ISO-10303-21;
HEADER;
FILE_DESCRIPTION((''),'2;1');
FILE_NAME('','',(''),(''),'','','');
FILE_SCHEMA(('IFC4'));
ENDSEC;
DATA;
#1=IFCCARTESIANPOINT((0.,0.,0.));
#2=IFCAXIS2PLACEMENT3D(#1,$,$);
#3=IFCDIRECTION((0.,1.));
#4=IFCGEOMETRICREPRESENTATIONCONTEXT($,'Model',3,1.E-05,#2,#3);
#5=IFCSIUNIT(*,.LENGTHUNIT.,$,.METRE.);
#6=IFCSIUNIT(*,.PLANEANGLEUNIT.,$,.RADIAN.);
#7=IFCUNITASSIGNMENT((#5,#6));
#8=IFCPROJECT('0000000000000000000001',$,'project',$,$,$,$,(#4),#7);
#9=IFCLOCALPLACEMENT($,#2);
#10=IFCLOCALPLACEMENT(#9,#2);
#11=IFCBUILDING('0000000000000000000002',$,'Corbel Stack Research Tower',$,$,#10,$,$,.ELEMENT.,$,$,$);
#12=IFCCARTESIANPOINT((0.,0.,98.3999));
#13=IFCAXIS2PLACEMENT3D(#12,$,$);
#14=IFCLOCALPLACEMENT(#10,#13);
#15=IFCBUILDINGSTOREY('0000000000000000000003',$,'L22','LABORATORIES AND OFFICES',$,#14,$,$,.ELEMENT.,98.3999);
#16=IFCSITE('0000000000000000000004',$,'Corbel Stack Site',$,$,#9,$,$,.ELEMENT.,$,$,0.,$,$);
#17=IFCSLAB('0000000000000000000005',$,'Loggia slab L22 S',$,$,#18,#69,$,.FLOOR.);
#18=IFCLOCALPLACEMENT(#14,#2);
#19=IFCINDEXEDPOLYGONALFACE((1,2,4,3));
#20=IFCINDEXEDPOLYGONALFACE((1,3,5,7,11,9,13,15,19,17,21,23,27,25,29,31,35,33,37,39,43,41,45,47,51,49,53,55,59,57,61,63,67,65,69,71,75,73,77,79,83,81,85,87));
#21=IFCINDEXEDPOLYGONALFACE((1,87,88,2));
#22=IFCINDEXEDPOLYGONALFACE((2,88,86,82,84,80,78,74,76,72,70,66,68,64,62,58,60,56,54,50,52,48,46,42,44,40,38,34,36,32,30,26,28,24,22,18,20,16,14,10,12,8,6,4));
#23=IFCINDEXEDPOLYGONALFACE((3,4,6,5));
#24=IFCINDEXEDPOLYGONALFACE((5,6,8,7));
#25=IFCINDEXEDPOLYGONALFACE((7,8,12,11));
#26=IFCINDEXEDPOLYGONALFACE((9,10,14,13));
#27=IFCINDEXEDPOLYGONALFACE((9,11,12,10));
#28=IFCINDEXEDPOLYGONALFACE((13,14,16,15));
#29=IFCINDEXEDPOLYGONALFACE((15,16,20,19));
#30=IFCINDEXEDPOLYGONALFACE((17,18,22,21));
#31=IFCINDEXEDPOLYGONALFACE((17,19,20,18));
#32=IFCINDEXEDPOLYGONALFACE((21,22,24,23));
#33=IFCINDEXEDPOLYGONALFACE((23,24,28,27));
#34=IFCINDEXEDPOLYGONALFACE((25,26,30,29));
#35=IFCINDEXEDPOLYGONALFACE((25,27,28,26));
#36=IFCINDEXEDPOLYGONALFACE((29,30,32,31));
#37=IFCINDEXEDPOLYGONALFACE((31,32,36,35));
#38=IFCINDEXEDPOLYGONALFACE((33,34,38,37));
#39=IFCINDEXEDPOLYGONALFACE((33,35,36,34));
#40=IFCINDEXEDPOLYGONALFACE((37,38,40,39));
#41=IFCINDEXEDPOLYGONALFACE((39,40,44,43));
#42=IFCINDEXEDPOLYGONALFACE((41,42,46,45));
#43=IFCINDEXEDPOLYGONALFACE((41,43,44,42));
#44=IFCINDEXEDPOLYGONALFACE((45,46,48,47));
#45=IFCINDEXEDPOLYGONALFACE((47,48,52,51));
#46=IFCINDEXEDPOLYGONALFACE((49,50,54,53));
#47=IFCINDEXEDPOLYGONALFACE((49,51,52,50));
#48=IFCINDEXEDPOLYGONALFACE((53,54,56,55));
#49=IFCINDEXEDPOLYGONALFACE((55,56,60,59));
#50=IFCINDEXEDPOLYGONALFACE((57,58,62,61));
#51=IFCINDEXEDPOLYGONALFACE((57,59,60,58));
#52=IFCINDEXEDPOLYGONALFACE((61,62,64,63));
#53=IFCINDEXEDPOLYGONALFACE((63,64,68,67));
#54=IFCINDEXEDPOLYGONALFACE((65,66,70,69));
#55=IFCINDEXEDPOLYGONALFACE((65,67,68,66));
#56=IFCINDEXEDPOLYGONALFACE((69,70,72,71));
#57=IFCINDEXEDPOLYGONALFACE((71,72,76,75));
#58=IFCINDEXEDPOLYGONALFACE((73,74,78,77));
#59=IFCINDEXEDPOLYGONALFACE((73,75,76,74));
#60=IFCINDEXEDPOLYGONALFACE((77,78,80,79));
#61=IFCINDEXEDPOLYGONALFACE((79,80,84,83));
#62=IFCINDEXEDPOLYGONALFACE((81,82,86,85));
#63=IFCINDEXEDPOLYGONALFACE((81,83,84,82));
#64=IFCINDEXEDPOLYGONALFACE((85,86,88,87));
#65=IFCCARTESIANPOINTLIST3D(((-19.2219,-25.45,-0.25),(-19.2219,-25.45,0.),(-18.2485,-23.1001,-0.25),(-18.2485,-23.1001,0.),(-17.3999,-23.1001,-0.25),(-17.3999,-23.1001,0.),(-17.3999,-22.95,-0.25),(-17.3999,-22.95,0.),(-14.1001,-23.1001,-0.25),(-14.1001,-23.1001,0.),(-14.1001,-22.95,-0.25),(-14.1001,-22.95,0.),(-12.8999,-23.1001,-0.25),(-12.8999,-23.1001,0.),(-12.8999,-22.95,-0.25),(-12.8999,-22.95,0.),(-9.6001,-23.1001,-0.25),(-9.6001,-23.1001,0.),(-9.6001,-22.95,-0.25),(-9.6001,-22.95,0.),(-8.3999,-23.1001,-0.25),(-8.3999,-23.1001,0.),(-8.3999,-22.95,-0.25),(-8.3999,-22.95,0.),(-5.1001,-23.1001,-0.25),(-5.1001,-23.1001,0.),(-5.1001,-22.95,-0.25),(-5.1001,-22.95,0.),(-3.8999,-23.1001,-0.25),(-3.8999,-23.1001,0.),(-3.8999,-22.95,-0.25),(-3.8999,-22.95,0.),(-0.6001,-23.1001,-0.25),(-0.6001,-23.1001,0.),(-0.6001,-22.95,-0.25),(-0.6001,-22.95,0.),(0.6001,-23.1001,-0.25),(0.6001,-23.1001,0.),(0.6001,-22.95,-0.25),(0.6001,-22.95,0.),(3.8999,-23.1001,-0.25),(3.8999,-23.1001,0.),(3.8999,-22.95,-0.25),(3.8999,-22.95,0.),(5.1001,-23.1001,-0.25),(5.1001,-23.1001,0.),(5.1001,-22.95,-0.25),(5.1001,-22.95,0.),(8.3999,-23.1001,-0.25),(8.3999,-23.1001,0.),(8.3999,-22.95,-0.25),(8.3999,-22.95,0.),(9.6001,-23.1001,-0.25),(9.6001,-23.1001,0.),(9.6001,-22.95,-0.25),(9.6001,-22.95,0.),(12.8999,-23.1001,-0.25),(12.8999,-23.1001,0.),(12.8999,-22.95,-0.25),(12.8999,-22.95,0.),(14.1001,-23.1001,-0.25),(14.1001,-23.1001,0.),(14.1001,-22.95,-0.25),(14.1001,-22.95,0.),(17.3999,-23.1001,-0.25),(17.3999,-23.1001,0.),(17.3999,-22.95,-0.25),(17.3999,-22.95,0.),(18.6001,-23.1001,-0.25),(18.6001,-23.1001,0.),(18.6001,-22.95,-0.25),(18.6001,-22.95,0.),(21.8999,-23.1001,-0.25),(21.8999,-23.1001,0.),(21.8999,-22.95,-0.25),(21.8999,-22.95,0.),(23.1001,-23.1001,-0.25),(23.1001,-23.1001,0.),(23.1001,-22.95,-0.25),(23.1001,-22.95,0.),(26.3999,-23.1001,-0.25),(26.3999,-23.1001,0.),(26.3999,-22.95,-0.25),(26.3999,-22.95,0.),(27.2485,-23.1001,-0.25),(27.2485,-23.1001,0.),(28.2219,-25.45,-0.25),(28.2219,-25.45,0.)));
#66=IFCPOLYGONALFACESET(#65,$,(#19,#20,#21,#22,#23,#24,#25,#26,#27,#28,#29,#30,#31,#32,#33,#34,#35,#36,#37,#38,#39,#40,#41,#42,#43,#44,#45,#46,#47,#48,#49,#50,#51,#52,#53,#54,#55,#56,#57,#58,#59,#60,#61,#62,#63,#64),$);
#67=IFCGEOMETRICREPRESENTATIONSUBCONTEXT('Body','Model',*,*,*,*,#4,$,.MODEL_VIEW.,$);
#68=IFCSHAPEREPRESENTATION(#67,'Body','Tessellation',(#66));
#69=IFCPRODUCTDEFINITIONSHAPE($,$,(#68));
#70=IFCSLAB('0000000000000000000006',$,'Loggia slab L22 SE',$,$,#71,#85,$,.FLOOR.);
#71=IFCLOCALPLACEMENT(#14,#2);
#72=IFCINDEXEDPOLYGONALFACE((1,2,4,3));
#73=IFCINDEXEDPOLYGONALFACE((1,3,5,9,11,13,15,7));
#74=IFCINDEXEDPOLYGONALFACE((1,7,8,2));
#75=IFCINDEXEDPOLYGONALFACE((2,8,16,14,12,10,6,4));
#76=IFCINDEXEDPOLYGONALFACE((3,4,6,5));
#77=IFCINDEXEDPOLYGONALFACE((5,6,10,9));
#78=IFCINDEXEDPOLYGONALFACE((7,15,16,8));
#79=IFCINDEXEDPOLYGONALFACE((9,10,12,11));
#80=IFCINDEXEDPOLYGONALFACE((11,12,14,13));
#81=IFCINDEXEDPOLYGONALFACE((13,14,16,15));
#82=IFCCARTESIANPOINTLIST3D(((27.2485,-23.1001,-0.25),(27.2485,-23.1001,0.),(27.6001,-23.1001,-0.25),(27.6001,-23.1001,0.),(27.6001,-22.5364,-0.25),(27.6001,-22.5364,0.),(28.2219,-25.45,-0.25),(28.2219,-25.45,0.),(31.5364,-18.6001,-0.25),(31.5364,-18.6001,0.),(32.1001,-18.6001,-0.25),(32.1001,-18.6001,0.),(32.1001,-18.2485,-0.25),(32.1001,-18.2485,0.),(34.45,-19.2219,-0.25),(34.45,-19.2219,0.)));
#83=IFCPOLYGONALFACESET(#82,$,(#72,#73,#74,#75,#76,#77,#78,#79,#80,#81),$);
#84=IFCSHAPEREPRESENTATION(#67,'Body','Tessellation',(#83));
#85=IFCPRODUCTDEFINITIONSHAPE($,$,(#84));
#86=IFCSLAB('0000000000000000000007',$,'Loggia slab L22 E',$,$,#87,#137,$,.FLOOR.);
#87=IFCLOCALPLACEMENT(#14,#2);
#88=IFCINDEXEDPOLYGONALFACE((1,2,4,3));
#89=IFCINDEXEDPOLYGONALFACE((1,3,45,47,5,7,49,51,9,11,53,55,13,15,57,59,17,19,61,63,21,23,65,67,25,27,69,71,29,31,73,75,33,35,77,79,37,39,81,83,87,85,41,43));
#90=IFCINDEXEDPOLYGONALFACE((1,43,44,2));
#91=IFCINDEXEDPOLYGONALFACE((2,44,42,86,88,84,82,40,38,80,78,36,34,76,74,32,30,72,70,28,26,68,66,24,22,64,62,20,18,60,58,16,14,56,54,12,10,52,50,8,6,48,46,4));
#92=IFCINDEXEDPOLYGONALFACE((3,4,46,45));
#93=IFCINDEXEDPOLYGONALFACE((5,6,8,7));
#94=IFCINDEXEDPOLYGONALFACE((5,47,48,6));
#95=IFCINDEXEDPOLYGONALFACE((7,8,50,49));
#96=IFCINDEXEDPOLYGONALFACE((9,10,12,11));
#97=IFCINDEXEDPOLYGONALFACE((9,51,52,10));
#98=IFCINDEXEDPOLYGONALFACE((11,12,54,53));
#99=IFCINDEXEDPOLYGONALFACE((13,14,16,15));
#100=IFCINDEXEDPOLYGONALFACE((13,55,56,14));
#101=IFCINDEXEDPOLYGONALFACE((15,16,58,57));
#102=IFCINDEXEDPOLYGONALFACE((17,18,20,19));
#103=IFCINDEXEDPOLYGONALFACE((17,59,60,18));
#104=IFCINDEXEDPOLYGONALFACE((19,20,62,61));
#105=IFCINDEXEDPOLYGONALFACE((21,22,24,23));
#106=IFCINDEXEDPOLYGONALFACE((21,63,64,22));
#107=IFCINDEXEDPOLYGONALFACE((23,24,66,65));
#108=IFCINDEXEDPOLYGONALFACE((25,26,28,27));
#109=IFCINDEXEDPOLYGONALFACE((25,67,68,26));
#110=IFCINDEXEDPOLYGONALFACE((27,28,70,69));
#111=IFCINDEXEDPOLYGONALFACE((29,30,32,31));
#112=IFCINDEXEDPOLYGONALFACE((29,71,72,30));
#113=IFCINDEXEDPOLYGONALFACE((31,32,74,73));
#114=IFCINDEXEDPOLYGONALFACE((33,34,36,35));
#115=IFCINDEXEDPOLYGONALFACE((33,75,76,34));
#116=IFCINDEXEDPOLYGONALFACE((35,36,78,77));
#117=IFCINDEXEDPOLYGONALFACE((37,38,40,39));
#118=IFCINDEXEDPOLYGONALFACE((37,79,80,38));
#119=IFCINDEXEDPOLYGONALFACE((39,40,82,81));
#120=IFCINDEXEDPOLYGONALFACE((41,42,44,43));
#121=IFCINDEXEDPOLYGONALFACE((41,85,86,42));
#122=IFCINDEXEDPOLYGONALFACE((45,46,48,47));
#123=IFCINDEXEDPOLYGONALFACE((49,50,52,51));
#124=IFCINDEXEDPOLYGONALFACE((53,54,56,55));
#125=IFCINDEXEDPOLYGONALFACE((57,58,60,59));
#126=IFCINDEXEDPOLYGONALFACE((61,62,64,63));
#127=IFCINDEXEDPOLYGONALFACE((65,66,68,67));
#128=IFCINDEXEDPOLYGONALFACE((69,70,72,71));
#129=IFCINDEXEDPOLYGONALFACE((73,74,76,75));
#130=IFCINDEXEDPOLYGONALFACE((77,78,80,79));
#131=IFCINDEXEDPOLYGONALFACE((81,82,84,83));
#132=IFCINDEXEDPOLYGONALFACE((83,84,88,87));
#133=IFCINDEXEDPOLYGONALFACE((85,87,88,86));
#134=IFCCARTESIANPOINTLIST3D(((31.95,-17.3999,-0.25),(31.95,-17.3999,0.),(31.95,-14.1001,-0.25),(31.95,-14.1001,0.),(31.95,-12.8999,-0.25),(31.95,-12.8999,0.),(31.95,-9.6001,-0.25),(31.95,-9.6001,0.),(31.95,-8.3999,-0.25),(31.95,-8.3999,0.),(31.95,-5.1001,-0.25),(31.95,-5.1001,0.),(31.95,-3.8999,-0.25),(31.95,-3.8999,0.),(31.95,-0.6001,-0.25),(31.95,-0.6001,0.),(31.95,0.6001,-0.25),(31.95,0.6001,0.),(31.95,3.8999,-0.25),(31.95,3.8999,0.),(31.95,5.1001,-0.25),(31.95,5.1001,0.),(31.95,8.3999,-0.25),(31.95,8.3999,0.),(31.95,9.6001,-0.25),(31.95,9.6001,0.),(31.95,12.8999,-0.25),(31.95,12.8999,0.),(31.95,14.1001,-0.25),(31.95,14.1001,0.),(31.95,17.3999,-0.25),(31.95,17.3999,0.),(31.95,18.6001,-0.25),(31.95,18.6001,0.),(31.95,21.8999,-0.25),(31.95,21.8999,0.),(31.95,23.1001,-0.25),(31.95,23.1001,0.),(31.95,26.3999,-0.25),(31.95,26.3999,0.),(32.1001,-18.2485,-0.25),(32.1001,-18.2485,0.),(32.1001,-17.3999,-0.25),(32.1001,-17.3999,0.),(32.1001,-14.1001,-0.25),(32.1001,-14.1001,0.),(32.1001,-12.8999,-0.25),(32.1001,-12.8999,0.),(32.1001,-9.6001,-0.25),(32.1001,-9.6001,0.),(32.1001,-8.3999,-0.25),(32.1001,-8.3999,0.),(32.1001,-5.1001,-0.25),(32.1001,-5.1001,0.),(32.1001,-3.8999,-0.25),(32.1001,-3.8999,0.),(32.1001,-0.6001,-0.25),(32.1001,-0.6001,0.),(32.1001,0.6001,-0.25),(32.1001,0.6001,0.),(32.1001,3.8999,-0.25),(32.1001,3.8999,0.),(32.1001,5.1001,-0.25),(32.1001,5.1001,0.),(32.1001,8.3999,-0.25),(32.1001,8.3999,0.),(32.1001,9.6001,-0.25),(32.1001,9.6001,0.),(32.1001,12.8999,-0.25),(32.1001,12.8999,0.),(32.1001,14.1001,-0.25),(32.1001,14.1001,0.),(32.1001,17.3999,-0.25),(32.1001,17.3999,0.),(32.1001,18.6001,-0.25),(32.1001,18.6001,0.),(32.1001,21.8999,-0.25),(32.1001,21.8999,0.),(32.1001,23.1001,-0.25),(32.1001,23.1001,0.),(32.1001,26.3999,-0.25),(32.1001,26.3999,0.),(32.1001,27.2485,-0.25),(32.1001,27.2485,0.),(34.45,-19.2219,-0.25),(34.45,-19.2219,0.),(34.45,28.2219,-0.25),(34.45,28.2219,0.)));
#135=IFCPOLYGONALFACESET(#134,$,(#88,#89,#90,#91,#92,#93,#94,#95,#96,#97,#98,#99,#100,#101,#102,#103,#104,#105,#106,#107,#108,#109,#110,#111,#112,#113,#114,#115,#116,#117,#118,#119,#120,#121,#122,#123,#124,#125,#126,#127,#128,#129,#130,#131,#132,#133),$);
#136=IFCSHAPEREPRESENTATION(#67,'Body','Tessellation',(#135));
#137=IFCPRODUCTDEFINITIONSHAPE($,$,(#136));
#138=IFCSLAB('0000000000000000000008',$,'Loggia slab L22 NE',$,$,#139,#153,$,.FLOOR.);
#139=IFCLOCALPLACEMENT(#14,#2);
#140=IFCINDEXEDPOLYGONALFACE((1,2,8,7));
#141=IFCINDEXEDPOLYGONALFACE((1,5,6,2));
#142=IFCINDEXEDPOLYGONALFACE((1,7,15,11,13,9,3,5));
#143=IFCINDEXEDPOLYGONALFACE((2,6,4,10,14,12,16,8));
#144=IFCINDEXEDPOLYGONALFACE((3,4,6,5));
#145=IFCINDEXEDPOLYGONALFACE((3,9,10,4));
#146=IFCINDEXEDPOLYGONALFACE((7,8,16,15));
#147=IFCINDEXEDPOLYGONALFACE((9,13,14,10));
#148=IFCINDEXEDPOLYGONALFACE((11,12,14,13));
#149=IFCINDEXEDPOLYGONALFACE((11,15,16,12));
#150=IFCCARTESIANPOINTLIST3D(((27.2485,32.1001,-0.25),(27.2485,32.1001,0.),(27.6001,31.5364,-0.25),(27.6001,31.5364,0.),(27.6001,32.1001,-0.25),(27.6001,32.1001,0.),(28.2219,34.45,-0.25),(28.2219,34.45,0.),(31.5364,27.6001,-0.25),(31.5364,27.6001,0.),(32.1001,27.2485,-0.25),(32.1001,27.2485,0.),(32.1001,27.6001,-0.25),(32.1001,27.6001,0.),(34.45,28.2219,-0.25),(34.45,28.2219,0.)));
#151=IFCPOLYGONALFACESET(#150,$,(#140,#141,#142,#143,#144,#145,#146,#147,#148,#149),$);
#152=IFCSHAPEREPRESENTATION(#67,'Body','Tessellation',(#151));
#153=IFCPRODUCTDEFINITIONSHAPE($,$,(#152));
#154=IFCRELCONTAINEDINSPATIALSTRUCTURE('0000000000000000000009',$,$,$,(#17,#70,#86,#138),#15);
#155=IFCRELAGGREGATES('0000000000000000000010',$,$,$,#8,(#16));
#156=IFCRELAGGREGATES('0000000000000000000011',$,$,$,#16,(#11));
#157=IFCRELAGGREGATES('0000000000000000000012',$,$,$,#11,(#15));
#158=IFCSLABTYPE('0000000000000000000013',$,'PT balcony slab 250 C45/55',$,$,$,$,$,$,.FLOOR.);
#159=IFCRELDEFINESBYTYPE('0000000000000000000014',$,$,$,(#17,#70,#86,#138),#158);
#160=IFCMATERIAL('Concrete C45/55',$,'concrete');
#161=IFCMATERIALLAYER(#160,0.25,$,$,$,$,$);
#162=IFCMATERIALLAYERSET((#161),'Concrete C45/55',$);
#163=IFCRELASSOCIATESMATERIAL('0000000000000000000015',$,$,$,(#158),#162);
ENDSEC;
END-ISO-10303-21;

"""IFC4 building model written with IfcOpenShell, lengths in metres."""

from ifc_helpers import new_model, si_unit, direction, frame, origin, place, context, subcontext, project, spatial, polyline, outline, extrude, material, layer, layer_set, type_object, element, save


model = new_model("IFC4")

# Units and contexts
model_context = context("Model", 3, precision=1e-05, world=origin(), true_north=direction((0.0, 1.0)))
body_context = subcontext(model_context, "Body", "Model", "MODEL_VIEW")
ifc_project = project(units=[si_unit("LENGTHUNIT", "METRE"), si_unit("PLANEANGLEUNIT", "RADIAN")], contexts=[model_context])

# Site, building, storey
site_placement = place(None, origin())
site = spatial("IfcSite", under=ifc_project, at=site_placement, Name="Corbel Stack Site", CompositionType="ELEMENT", RefElevation=0.0)
building_placement = place(site_placement, origin())
building = spatial("IfcBuilding", under=site, at=building_placement, Name="Corbel Stack Research Tower", CompositionType="ELEMENT")
storey_placement = place(building_placement, frame((0.0, 0.0, 98.3999)))
storey = spatial("IfcBuildingStorey", under=building, at=storey_placement, Name="L22", Description="LABORATORIES AND OFFICES", CompositionType="ELEMENT", Elevation=98.3999)

# Slabs
ifc_material_1 = material(Name="Concrete C45/55", Category="concrete")
ifc_layer_1 = layer(ifc_material_1, 0.25)
ifc_layer_set_1 = layer_set([ifc_layer_1], Name="Concrete C45/55")
slab_type_1 = type_object("IfcSlabType", Name="PT balcony slab 250 C45/55", PredefinedType="FLOOR", material=ifc_layer_set_1)
slab_1_placement = place(storey_placement, frame((0.0, 0.0, -0.25)))
element("IfcSlab", 1, at=slab_1_placement, inside=storey, type_object=slab_type_1, Name="Loggia slab L22 S", PredefinedType="FLOOR", context=body_context, shape_type="SweptSolid", body=[
    extrude(outline(polyline([(27.2485, -23.1001), (26.3999, -23.1001), (26.3999, -22.95), (23.1001, -22.95), (23.1001, -23.1001), (21.8999, -23.1001), (21.8999, -22.95), (18.6001, -22.95), (18.6001, -23.1001), (17.3999, -23.1001), (17.3999, -22.95), (14.1001, -22.95), (14.1001, -23.1001), (12.8999, -23.1001), (12.8999, -22.95), (9.6001, -22.95), (9.6001, -23.1001), (8.3999, -23.1001), (8.3999, -22.95), (5.1001, -22.95), (5.1001, -23.1001), (3.8999, -23.1001), (3.8999, -22.95), (0.6001, -22.95), (0.6001, -23.1001), (-0.6001, -23.1001), (-0.6001, -22.95), (-3.8999, -22.95), (-3.8999, -23.1001), (-5.1001, -23.1001), (-5.1001, -22.95), (-8.3999, -22.95), (-8.3999, -23.1001), (-9.6001, -23.1001), (-9.6001, -22.95), (-12.8999, -22.95), (-12.8999, -23.1001), (-14.1001, -23.1001), (-14.1001, -22.95), (-17.3999, -22.95), (-17.3999, -23.1001), (-18.2485, -23.1001), (-19.2219, -25.45), (28.2219, -25.45), (27.2485, -23.1001)])), origin(), (0.0, 0.0, 1.0), 0.25),
])
slab_2_placement = place(storey_placement, frame((0.0, 0.0, -0.25)))
element("IfcSlab", 2, at=slab_2_placement, inside=storey, type_object=slab_type_1, Name="Loggia slab L22 SE", PredefinedType="FLOOR", context=body_context, shape_type="SweptSolid", body=[
    extrude(outline(polyline([(32.1001, -18.2485), (32.1001, -18.6001), (31.5364, -18.6001), (27.6001, -22.5364), (27.6001, -23.1001), (27.2485, -23.1001), (28.2219, -25.45), (34.45, -19.2219), (32.1001, -18.2485)])), origin(), (0.0, 0.0, 1.0), 0.25),
])
slab_3_placement = place(storey_placement, frame((0.0, 0.0, -0.25)))
element("IfcSlab", 3, at=slab_3_placement, inside=storey, type_object=slab_type_1, Name="Loggia slab L22 E", PredefinedType="FLOOR", context=body_context, shape_type="SweptSolid", body=[
    extrude(outline(polyline([(32.1001, 27.2485), (32.1001, 26.3999), (31.95, 26.3999), (31.95, 23.1001), (32.1001, 23.1001), (32.1001, 21.8999), (31.95, 21.8999), (31.95, 18.6001), (32.1001, 18.6001), (32.1001, 17.3999), (31.95, 17.3999), (31.95, 14.1001), (32.1001, 14.1001), (32.1001, 12.8999), (31.95, 12.8999), (31.95, 9.6001), (32.1001, 9.6001), (32.1001, 8.3999), (31.95, 8.3999), (31.95, 5.1001), (32.1001, 5.1001), (32.1001, 3.8999), (31.95, 3.8999), (31.95, 0.6001), (32.1001, 0.6001), (32.1001, -0.6001), (31.95, -0.6001), (31.95, -3.8999), (32.1001, -3.8999), (32.1001, -5.1001), (31.95, -5.1001), (31.95, -8.3999), (32.1001, -8.3999), (32.1001, -9.6001), (31.95, -9.6001), (31.95, -12.8999), (32.1001, -12.8999), (32.1001, -14.1001), (31.95, -14.1001), (31.95, -17.3999), (32.1001, -17.3999), (32.1001, -18.2485), (34.45, -19.2219), (34.45, 28.2219), (32.1001, 27.2485)])), origin(), (0.0, 0.0, 1.0), 0.25),
])
slab_4_placement = place(storey_placement, frame((0.0, 0.0, -0.25)))
element("IfcSlab", 4, at=slab_4_placement, inside=storey, type_object=slab_type_1, Name="Loggia slab L22 NE", PredefinedType="FLOOR", context=body_context, shape_type="SweptSolid", body=[
    extrude(outline(polyline([(27.2485, 32.1001), (27.6001, 32.1001), (27.6001, 31.5364), (31.5364, 27.6001), (32.1001, 27.6001), (32.1001, 27.2485), (34.45, 28.2219), (28.2219, 34.45), (27.2485, 32.1001)])), origin(), (0.0, 0.0, 1.0), 0.25),
])

save(model, "model.ifc")
